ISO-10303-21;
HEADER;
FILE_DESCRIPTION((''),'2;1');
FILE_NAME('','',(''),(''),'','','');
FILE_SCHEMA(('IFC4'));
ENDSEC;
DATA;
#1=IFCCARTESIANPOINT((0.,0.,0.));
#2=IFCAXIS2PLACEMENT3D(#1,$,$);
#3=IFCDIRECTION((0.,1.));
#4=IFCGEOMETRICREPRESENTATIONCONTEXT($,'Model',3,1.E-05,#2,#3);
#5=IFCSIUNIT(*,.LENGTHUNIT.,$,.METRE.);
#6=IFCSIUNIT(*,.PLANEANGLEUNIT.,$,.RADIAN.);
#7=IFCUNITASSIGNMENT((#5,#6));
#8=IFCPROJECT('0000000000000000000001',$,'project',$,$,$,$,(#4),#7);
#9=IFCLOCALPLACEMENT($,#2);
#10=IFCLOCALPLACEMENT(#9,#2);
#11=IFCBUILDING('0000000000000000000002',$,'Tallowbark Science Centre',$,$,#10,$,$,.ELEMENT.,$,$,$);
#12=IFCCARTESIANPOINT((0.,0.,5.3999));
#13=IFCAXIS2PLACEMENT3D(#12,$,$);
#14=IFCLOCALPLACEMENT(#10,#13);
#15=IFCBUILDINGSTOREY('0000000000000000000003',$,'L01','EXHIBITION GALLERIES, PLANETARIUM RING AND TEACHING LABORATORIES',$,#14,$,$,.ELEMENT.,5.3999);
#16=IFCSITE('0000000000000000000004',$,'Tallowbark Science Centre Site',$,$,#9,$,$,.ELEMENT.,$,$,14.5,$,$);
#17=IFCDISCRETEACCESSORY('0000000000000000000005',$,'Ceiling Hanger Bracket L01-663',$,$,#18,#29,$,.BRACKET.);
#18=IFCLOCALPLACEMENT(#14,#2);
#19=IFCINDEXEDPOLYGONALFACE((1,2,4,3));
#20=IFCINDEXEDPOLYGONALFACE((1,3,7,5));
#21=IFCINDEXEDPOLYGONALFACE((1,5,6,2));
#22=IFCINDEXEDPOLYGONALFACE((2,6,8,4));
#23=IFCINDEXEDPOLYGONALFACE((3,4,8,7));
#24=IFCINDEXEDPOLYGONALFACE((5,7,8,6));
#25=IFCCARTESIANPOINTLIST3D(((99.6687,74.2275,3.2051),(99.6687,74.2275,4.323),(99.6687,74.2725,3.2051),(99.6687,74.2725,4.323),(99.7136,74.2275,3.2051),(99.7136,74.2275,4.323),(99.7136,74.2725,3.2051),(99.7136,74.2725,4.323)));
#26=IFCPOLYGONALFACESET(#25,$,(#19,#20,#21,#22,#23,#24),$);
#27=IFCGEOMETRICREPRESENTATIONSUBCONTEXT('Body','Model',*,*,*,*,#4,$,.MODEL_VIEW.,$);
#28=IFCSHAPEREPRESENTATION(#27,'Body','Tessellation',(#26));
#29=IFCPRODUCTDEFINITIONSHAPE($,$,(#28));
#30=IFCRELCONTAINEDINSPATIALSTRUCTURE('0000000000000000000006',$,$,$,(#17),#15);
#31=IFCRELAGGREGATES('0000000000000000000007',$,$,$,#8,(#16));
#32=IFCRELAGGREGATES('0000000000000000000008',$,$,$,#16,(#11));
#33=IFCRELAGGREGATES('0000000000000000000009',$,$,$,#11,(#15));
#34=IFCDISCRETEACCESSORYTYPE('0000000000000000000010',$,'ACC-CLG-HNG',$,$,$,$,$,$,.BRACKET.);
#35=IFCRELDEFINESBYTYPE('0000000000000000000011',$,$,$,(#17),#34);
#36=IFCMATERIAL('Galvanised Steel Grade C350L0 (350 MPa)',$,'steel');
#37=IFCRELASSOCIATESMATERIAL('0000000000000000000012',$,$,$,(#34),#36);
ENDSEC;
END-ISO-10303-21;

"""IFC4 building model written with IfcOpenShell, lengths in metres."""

from ifc_helpers import new_model, si_unit, direction, frame, origin, origin_2d, place, context, subcontext, project, spatial, rectangle, extrude, material, type_object, element, save


model = new_model("IFC4")

# Units and contexts
model_context = context("Model", 3, precision=1e-05, world=origin(), true_north=direction((0.0, 1.0)))
body_context = subcontext(model_context, "Body", "Model", "MODEL_VIEW")
ifc_project = project(units=[si_unit("LENGTHUNIT", "METRE"), si_unit("PLANEANGLEUNIT", "RADIAN")], contexts=[model_context])

# Site, building, storey
site_placement = place(None, origin())
site = spatial("IfcSite", under=ifc_project, at=site_placement, Name="Tallowbark Science Centre Site", CompositionType="ELEMENT", RefElevation=14.5)
building_placement = place(site_placement, origin())
building = spatial("IfcBuilding", under=site, at=building_placement, Name="Tallowbark Science Centre", CompositionType="ELEMENT")
storey_placement = place(building_placement, frame((0.0, 0.0, 5.3999)))
storey = spatial("IfcBuildingStorey", under=building, at=storey_placement, Name="L01", Description="EXHIBITION GALLERIES, PLANETARIUM RING AND TEACHING LABORATORIES", CompositionType="ELEMENT", Elevation=5.3999)

# Discrete accessory
ifc_material_1 = material(Name="Galvanised Steel Grade C350L0 (350 MPa)", Category="steel")
discrete_accessory_type = type_object("IfcDiscreteAccessoryType", Name="ACC-CLG-HNG", PredefinedType="BRACKET", material=ifc_material_1)
for number, where, z_axis, x_axis, name in (
    (1, (99.6912, 74.25, 3.2051), (0.0, 0.0, 1.0), (1.0, 0.0, 0.0), "Ceiling Hanger Bracket L01-663"),
):
    element("IfcDiscreteAccessory", number, at=place(storey_placement, frame(where, z_axis=z_axis, x_axis=x_axis)), inside=storey, type_object=discrete_accessory_type, Name=name, PredefinedType="BRACKET", context=body_context, shape_type="SweptSolid", body=[
        extrude(rectangle(XDim=0.0449, YDim=0.0449, at=origin_2d()), origin(), (0.0, 0.0, 1.0), 1.1179),
    ])

save(model, "model.ifc")
